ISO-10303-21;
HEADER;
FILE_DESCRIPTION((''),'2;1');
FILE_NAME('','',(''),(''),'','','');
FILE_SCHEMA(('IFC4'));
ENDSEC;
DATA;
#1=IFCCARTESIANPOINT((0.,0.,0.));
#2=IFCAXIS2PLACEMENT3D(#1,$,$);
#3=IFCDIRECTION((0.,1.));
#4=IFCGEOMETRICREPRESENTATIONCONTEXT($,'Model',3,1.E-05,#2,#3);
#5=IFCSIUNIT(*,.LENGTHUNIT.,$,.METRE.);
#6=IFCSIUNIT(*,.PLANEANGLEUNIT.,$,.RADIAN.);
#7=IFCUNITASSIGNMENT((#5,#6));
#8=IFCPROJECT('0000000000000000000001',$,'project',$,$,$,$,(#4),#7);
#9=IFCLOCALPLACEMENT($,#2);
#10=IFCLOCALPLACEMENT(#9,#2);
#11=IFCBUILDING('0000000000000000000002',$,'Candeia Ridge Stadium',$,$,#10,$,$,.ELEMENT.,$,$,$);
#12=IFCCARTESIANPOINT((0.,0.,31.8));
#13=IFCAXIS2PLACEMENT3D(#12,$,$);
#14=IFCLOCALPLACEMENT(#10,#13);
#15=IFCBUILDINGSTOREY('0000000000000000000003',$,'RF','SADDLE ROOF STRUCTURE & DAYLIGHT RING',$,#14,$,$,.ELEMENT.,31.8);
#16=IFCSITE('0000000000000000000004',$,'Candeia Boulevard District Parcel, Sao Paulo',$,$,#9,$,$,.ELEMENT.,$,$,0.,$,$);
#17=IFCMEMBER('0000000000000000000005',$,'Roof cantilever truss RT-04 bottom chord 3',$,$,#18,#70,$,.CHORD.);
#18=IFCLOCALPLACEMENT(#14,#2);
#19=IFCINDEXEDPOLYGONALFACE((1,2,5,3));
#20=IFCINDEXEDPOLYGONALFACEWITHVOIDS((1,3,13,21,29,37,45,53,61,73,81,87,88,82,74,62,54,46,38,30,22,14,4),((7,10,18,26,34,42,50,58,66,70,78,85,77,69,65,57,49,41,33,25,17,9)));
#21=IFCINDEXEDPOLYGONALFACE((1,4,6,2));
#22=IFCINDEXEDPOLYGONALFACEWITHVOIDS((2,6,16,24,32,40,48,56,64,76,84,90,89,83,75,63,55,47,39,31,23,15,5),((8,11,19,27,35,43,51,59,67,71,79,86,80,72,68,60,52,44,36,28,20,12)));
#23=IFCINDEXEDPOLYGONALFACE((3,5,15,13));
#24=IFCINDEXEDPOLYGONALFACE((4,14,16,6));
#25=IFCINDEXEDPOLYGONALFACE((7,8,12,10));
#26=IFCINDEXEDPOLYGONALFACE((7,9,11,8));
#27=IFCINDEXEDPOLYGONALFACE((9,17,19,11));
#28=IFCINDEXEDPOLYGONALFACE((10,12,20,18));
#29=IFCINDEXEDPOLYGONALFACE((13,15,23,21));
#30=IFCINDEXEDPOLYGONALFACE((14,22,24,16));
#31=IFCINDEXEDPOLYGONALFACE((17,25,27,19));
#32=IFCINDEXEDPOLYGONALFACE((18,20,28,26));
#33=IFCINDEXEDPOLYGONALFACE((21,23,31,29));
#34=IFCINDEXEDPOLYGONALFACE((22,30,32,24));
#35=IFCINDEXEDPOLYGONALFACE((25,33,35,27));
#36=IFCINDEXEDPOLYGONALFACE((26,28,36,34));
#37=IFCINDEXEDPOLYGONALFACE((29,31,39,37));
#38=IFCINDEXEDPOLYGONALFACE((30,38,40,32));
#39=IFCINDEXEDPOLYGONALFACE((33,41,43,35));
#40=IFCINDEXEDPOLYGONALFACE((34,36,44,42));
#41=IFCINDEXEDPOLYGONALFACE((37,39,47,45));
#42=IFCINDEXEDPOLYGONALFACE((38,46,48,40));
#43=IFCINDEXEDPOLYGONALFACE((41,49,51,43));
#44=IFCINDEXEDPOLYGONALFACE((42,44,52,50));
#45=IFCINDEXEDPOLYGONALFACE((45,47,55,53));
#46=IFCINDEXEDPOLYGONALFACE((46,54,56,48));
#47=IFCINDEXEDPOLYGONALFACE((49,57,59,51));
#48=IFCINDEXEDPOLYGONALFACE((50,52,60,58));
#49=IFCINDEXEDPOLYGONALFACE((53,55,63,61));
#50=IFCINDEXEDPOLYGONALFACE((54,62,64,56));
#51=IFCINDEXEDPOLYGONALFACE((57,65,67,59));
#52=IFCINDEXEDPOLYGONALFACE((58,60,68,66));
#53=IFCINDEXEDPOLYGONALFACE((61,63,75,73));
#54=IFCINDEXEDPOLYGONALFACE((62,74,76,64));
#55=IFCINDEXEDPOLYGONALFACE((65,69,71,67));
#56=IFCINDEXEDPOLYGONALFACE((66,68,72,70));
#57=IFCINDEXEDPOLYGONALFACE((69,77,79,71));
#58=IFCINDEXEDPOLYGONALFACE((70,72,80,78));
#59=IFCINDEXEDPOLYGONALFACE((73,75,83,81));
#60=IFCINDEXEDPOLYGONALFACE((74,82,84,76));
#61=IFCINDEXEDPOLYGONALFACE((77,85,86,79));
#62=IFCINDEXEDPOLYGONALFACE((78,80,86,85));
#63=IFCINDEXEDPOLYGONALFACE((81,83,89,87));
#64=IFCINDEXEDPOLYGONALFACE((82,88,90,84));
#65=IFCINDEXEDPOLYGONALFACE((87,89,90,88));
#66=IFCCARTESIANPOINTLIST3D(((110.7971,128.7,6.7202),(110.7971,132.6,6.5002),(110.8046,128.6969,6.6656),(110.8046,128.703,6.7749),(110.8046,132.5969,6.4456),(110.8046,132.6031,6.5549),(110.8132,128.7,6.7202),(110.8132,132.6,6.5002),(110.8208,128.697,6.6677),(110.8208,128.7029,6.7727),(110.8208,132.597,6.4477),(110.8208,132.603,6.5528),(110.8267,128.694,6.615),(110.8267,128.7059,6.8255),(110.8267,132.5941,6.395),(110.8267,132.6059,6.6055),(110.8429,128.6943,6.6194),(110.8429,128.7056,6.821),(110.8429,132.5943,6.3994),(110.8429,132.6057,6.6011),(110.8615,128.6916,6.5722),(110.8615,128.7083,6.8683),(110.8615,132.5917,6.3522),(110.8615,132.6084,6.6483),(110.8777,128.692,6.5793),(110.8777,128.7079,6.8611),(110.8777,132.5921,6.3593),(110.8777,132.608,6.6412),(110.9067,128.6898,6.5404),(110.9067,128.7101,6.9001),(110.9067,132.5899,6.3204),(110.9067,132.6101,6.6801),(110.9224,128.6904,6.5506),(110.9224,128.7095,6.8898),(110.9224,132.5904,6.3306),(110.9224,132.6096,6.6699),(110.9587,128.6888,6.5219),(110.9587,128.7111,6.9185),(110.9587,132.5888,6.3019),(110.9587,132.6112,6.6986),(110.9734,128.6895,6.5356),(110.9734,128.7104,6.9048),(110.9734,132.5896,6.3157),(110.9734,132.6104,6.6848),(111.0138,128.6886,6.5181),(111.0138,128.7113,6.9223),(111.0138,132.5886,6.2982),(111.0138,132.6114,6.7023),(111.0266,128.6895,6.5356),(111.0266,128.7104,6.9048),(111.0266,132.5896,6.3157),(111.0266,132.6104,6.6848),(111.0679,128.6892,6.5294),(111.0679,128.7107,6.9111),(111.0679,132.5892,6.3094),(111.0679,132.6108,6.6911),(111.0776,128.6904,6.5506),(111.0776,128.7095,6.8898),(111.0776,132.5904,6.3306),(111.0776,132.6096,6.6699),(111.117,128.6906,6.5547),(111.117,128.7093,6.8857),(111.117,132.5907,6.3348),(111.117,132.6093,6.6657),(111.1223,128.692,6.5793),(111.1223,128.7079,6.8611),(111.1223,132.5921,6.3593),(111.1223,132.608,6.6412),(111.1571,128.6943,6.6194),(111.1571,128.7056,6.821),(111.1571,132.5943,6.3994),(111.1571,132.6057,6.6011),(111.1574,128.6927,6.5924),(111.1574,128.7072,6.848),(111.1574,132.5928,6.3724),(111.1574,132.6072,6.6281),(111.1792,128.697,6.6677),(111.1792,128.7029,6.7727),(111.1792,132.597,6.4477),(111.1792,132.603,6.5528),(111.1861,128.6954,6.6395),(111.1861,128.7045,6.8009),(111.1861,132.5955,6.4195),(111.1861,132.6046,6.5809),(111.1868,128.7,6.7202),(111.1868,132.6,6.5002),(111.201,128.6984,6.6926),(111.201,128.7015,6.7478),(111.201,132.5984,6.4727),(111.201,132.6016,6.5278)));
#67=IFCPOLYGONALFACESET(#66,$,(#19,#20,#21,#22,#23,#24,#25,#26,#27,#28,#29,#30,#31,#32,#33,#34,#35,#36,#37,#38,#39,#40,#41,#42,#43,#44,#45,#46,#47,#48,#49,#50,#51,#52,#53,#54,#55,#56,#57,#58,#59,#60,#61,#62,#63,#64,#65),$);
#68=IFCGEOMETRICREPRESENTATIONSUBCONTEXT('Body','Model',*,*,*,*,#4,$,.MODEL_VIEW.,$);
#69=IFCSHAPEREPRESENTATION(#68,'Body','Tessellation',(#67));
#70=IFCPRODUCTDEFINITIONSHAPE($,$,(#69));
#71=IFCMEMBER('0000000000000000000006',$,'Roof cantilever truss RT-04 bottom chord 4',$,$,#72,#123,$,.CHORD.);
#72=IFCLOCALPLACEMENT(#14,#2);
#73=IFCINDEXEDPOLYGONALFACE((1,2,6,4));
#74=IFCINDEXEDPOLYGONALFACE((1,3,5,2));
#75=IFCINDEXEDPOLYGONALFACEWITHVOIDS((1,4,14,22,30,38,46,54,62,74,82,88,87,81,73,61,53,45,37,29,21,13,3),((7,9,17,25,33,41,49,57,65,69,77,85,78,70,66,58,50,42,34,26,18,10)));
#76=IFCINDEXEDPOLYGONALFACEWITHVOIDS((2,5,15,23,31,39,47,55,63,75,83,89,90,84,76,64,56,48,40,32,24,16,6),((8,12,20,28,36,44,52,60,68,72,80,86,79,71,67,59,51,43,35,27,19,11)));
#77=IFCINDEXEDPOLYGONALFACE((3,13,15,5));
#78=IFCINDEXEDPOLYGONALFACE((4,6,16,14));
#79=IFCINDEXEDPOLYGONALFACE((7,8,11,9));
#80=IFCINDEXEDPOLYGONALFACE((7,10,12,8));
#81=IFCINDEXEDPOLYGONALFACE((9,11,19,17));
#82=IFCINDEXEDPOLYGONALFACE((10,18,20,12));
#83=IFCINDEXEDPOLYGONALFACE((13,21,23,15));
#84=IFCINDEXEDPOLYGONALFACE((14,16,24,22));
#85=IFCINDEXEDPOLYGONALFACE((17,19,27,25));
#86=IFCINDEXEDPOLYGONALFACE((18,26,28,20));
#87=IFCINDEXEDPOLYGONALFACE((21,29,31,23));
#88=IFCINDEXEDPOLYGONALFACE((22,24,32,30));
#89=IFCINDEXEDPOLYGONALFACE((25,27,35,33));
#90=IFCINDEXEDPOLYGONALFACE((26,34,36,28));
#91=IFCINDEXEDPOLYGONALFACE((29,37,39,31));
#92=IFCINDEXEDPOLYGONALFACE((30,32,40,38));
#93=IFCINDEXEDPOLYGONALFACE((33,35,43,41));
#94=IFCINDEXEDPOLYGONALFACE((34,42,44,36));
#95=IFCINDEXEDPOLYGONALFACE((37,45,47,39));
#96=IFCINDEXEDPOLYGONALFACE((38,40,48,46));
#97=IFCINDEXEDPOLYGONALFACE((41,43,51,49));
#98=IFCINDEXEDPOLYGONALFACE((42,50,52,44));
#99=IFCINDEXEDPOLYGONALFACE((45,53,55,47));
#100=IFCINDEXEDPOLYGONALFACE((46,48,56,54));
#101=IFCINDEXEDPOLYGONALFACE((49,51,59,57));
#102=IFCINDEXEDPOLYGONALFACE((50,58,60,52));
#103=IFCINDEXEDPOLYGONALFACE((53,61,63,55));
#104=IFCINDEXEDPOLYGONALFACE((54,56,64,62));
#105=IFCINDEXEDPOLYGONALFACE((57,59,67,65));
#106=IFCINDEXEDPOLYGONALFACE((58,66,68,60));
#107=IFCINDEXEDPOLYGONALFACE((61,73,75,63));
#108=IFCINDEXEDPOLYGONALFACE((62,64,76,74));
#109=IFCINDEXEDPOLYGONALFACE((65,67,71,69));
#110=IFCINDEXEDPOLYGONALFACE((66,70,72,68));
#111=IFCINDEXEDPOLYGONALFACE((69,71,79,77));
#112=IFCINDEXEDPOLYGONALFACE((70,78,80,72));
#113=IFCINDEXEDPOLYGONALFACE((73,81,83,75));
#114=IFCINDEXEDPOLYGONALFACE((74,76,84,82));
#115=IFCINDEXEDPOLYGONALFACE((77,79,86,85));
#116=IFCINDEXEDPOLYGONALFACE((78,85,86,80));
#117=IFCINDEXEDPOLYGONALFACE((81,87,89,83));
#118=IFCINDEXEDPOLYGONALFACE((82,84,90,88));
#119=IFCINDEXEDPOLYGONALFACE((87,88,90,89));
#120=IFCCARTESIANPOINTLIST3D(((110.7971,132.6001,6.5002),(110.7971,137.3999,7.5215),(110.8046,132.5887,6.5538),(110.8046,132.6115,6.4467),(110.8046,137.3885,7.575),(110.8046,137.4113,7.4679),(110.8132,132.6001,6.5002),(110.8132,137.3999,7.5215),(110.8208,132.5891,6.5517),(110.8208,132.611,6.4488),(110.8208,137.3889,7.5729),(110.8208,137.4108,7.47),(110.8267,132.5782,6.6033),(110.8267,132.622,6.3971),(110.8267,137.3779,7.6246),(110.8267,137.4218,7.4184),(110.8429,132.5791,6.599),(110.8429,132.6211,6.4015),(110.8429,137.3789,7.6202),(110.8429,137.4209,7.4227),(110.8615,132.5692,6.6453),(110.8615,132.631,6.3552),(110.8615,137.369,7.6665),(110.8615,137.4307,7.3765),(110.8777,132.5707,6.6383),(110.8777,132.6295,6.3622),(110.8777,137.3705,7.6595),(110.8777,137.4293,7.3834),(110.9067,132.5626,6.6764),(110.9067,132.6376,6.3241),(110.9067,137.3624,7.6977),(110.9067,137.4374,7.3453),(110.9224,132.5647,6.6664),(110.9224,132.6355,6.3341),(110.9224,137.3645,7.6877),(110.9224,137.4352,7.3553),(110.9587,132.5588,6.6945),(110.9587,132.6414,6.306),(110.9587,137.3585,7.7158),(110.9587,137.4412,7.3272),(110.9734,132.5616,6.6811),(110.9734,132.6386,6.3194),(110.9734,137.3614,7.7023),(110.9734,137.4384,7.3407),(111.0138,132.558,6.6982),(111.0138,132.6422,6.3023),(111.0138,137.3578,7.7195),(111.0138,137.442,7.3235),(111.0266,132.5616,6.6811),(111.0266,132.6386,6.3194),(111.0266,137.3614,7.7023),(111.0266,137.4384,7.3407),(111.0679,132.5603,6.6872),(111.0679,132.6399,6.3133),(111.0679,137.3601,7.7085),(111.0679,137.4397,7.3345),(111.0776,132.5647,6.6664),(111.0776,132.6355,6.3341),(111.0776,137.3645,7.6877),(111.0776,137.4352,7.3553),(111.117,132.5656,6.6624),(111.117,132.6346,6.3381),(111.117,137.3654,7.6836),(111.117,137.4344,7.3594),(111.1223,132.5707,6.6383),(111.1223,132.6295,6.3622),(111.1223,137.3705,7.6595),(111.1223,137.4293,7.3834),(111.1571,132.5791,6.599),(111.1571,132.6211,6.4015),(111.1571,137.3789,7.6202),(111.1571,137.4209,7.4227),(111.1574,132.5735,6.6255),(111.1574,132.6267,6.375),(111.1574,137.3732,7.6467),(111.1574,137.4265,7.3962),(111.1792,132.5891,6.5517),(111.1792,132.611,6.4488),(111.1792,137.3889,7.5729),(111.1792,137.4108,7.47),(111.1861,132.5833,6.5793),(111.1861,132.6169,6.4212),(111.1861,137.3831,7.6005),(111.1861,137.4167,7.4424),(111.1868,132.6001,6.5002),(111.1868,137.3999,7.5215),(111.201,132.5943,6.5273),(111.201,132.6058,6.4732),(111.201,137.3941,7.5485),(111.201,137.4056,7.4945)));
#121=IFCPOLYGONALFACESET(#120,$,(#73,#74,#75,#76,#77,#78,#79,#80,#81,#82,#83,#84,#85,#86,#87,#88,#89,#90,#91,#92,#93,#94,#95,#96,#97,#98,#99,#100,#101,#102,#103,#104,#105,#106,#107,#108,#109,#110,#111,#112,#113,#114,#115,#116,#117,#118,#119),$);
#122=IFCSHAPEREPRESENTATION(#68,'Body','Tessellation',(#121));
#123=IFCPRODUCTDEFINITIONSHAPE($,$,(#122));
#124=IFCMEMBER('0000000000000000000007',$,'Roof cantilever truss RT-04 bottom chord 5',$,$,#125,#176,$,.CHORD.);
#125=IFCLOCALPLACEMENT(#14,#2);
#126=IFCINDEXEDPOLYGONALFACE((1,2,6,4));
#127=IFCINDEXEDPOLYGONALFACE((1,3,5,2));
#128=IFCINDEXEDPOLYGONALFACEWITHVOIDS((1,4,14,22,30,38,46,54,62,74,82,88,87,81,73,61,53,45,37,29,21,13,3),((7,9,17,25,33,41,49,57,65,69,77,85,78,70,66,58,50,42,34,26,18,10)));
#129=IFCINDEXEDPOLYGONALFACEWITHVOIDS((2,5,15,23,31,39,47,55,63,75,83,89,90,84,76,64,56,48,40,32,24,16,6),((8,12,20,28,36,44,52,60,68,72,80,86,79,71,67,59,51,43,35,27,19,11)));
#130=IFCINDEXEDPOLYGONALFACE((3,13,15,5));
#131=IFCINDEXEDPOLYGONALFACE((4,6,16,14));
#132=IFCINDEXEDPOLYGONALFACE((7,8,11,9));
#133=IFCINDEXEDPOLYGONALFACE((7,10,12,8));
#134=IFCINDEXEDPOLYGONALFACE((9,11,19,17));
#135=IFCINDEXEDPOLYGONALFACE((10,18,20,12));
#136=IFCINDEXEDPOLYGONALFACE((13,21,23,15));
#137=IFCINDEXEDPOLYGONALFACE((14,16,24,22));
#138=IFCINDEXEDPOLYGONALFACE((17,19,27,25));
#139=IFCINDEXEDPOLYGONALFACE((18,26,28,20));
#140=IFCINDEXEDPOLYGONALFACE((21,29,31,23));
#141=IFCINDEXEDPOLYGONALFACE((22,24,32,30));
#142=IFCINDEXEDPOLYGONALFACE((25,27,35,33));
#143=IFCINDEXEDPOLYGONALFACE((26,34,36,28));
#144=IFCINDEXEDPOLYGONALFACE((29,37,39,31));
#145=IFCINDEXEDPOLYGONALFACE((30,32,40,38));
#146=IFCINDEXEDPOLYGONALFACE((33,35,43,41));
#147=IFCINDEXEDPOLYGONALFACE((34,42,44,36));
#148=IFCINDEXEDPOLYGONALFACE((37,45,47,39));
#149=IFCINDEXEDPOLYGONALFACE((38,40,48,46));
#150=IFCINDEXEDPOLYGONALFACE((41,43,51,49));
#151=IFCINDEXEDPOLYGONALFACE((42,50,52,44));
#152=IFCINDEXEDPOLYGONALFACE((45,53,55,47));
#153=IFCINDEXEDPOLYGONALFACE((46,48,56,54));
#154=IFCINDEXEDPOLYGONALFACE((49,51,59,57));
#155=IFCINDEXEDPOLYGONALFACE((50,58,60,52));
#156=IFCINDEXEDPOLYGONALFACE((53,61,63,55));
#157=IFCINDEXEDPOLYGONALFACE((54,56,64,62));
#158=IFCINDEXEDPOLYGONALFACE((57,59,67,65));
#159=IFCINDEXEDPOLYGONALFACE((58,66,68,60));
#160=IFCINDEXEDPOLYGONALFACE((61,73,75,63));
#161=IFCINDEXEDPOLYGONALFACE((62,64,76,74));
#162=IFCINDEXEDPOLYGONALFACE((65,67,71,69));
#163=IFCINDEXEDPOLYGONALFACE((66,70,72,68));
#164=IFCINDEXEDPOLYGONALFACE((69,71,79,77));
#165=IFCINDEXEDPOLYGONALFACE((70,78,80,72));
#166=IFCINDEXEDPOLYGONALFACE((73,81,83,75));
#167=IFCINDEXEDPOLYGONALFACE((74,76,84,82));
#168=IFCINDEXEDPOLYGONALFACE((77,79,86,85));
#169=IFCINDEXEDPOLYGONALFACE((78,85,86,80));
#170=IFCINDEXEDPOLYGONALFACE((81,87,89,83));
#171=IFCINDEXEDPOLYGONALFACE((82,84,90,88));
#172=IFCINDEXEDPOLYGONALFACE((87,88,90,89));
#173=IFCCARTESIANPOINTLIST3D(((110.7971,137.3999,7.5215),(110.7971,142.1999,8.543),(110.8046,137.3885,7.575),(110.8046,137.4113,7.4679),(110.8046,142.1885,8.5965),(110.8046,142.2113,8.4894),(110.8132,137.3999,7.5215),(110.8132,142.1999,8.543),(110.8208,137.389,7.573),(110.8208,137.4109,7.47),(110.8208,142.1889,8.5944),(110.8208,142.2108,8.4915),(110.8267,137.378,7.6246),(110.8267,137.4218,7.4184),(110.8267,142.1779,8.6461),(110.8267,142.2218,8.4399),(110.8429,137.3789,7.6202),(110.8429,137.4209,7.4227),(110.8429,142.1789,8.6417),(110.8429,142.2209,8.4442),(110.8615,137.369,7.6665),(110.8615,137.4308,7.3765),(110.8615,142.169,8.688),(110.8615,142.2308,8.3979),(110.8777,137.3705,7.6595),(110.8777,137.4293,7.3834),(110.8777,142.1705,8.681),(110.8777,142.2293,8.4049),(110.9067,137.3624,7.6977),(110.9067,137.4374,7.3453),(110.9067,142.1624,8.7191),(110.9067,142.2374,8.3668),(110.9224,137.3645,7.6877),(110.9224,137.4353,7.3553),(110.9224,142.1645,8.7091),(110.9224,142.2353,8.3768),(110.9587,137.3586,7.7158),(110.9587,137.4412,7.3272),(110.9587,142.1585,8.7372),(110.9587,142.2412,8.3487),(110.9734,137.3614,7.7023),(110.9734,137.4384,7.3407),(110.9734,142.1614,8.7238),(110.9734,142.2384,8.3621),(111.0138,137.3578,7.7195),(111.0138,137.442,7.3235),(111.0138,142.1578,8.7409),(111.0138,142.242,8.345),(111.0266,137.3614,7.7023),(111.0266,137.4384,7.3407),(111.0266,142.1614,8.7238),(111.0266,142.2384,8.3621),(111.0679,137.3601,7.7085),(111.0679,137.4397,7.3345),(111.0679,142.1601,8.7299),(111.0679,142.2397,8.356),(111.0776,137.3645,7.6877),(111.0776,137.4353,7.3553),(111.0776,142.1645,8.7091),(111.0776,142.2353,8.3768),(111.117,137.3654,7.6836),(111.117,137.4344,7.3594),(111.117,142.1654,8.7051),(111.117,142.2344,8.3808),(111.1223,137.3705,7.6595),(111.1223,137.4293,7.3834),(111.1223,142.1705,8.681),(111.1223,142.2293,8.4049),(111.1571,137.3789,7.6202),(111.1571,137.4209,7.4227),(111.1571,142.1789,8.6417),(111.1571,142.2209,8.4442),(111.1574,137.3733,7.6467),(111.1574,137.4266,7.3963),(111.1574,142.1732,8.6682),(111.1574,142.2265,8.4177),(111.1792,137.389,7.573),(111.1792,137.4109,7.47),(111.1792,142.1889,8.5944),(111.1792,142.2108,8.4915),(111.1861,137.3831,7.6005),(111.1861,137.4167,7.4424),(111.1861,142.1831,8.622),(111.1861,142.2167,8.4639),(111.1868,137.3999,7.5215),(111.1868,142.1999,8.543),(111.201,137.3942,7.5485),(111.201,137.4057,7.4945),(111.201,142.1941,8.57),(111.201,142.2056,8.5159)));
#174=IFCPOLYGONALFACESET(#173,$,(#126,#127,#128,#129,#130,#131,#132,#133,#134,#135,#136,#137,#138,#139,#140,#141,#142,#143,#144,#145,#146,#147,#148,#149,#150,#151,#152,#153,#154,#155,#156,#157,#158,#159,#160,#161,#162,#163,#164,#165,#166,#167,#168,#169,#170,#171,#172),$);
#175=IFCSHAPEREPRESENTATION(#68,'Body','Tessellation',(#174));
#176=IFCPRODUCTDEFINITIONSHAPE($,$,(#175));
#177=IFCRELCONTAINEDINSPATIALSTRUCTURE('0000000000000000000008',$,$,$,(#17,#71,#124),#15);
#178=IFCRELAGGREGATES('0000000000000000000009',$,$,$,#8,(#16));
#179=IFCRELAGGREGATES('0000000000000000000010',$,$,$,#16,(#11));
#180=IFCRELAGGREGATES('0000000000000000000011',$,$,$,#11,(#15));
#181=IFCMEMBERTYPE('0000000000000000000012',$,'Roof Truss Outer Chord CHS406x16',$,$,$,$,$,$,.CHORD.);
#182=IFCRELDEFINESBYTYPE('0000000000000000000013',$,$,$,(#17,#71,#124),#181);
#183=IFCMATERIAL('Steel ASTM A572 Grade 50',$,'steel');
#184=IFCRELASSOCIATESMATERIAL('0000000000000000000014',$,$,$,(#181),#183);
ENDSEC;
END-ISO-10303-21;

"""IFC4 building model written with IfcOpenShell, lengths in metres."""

from ifc_helpers import new_model, si_unit, direction, frame, origin, origin_2d, place, context, subcontext, project, spatial, hollow_circle, extrude, material, material_profile, profile_set, type_object, element, save


model = new_model("IFC4")

# Units and contexts
model_context = context("Model", 3, precision=1e-05, world=origin(), true_north=direction((0.0, 1.0)))
body_context = subcontext(model_context, "Body", "Model", "MODEL_VIEW")
ifc_project = project(units=[si_unit("LENGTHUNIT", "METRE"), si_unit("PLANEANGLEUNIT", "RADIAN")], contexts=[model_context])

# Site, building, storey
site_placement = place(None, origin())
site = spatial("IfcSite", under=ifc_project, at=site_placement, Name="Candeia Boulevard District Parcel, Sao Paulo", CompositionType="ELEMENT", RefElevation=0.0)
building_placement = place(site_placement, origin())
building = spatial("IfcBuilding", under=site, at=building_placement, Name="Candeia Ridge Stadium", CompositionType="ELEMENT")
storey_placement = place(building_placement, frame((0.0, 0.0, 31.8)))
storey = spatial("IfcBuildingStorey", under=building, at=storey_placement, Name="RF", Description="SADDLE ROOF STRUCTURE & DAYLIGHT RING", CompositionType="ELEMENT", Elevation=31.8)

# Shared definitions
ifc_material_1 = material(Name="Steel ASTM A572 Grade 50", Category="steel")

# Members
ifc_material_profile_1 = material_profile(ifc_material_1, hollow_circle(Radius=0.2029, WallThickness=0.0161, at=origin_2d()), Name="CHS406x16", Category="steel")
ifc_profile_set_1 = profile_set([ifc_material_profile_1], Name="Steel ASTM A572 Grade 50")
member_type_1 = type_object("IfcMemberType", Name="Roof Truss Outer Chord CHS406x16", PredefinedType="CHORD", material=ifc_profile_set_1)
member_1_placement = place(storey_placement, frame((111.0, 128.7, 6.7202), z_axis=(0.0, 0.998413, -0.056311), x_axis=(-1.0, 0.0, 0.0)))
element("IfcMember", 1, at=member_1_placement, inside=storey, type_object=member_type_1, Name="Roof cantilever truss RT-04 bottom chord 3", PredefinedType="CHORD", context=body_context, shape_type="SweptSolid", body=[
    extrude(hollow_circle(Radius=0.2029, WallThickness=0.0161, at=origin_2d()), origin(), (0.0, 0.0, 1.0), 3.9062),
])
member_2_placement = place(storey_placement, frame((111.0, 132.6001, 6.5002), z_axis=(0.0, 0.978106, 0.208109), x_axis=(-1.0, 0.0, 0.0)))
element("IfcMember", 2, at=member_2_placement, inside=storey, type_object=member_type_1, Name="Roof cantilever truss RT-04 bottom chord 4", PredefinedType="CHORD", context=body_context, shape_type="SweptSolid", body=[
    extrude(hollow_circle(Radius=0.2029, WallThickness=0.0161, at=origin_2d()), origin(), (0.0, 0.0, 1.0), 4.9072),
])
member_3_placement = place(storey_placement, frame((111.0, 137.3999, 7.5215), z_axis=(0.0, 0.978098, 0.208146), x_axis=(-1.0, 0.0, 0.0)))
element("IfcMember", 3, at=member_3_placement, inside=storey, type_object=member_type_1, Name="Roof cantilever truss RT-04 bottom chord 5", PredefinedType="CHORD", context=body_context, shape_type="SweptSolid", body=[
    extrude(hollow_circle(Radius=0.2029, WallThickness=0.0161, at=origin_2d()), origin(), (0.0, 0.0, 1.0), 4.9075),
])

save(model, "model.ifc")
